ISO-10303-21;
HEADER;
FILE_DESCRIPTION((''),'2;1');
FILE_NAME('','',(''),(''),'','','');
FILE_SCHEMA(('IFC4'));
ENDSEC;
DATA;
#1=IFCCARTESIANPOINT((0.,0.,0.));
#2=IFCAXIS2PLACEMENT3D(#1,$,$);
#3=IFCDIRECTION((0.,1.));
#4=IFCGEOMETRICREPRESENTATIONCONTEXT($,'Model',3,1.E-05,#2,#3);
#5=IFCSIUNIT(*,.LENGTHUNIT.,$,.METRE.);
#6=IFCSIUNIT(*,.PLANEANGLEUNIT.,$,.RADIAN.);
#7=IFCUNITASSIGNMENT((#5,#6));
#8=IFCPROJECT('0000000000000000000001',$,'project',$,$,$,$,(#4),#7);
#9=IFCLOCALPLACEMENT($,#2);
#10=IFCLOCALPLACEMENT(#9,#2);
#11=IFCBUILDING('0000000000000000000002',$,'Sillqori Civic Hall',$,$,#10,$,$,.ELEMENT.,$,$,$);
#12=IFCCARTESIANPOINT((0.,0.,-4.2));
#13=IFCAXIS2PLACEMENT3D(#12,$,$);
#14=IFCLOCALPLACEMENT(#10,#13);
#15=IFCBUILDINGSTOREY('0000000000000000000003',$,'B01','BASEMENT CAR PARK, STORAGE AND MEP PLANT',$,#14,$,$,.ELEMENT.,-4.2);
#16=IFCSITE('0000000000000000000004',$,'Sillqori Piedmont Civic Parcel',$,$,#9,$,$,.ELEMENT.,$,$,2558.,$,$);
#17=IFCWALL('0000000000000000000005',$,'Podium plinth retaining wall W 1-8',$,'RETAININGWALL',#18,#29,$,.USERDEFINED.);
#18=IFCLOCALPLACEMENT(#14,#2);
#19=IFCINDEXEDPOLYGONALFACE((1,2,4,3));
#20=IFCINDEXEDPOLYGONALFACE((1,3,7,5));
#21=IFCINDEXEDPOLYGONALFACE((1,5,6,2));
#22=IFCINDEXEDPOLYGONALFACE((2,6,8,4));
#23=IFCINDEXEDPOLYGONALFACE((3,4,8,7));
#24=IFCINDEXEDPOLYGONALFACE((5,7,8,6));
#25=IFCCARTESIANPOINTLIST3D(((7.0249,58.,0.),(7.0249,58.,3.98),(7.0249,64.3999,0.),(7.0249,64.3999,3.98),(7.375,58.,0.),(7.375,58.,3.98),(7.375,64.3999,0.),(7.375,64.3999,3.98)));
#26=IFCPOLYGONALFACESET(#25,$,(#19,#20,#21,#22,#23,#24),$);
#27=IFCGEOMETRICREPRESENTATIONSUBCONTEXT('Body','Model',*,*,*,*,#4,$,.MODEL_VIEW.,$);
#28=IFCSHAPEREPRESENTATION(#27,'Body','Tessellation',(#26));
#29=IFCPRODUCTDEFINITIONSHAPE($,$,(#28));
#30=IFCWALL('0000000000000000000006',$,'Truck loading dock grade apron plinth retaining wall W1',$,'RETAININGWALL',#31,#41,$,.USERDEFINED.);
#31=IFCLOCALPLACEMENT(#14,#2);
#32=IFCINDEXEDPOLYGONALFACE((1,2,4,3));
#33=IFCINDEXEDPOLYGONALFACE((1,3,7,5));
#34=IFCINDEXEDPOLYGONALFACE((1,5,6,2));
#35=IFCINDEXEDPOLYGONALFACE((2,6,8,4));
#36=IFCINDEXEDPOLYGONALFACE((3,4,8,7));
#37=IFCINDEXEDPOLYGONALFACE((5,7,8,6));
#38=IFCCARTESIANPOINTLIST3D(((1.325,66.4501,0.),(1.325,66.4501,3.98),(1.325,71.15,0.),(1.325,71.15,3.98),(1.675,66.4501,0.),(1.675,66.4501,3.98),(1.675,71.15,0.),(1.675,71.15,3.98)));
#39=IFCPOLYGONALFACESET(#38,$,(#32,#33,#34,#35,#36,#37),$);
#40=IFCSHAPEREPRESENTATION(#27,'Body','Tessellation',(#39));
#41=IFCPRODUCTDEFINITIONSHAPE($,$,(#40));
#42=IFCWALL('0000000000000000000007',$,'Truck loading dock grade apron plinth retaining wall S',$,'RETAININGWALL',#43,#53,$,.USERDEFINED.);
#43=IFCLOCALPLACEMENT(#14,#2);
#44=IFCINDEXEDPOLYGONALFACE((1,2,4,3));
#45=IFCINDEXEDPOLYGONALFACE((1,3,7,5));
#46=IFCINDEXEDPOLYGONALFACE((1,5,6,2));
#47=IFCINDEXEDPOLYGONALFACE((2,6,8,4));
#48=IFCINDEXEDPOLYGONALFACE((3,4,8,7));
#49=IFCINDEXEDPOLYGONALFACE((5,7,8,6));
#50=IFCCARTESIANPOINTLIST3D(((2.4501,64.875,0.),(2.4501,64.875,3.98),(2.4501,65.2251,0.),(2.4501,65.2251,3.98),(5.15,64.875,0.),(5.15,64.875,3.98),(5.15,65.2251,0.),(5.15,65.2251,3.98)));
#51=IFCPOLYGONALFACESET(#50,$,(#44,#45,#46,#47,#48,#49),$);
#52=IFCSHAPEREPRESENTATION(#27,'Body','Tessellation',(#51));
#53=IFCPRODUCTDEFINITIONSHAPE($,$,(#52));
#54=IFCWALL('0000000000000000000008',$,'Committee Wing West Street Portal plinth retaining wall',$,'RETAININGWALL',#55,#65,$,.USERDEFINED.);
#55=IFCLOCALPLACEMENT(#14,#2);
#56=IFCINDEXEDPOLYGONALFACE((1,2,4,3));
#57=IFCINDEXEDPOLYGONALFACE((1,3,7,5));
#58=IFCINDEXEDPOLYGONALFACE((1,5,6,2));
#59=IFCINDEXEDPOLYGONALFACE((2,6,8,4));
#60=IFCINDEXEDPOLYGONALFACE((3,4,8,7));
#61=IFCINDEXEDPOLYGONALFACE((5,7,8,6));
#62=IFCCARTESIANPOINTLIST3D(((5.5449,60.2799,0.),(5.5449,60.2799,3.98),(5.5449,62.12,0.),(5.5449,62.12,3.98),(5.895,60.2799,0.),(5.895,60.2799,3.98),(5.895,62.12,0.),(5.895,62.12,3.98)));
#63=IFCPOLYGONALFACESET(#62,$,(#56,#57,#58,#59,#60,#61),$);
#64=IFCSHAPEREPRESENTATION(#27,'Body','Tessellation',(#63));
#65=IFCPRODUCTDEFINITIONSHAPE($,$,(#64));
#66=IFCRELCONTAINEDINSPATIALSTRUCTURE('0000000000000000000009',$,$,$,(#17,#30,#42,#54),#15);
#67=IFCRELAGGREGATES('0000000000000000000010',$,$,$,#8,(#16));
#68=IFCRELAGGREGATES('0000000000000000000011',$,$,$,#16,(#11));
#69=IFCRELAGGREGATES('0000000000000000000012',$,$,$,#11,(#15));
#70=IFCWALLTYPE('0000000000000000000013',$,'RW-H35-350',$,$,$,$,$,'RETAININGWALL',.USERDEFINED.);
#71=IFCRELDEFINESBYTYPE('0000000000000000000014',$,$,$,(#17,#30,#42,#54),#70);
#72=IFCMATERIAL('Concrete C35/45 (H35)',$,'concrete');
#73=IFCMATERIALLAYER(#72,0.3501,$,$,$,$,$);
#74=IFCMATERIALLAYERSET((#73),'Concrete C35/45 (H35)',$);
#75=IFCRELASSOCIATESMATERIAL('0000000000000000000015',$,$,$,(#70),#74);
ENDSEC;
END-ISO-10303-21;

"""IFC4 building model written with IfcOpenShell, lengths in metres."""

from ifc_helpers import new_model, si_unit, direction, frame, frame_2d, origin, place, context, subcontext, project, spatial, rectangle, extrude, material, layer, layer_set, type_object, element, save


model = new_model("IFC4")

# Units and contexts
model_context = context("Model", 3, precision=1e-05, world=origin(), true_north=direction((0.0, 1.0)))
body_context = subcontext(model_context, "Body", "Model", "MODEL_VIEW")
ifc_project = project(units=[si_unit("LENGTHUNIT", "METRE"), si_unit("PLANEANGLEUNIT", "RADIAN")], contexts=[model_context])

# Site, building, storey
site_placement = place(None, origin())
site = spatial("IfcSite", under=ifc_project, at=site_placement, Name="Sillqori Piedmont Civic Parcel", CompositionType="ELEMENT", RefElevation=2558.0)
building_placement = place(site_placement, origin())
building = spatial("IfcBuilding", under=site, at=building_placement, Name="Sillqori Civic Hall", CompositionType="ELEMENT")
storey_placement = place(building_placement, frame((0.0, 0.0, -4.2)))
storey = spatial("IfcBuildingStorey", under=building, at=storey_placement, Name="B01", Description="BASEMENT CAR PARK, STORAGE AND MEP PLANT", CompositionType="ELEMENT", Elevation=-4.2)

# Shared definitions
ifc_material = material(Name="Concrete C35/45 (H35)", Category="concrete")

# Walls
ifc_layer = layer(ifc_material, 0.3501)
ifc_layer_set = layer_set([ifc_layer], Name="Concrete C35/45 (H35)")
wall_type = type_object("IfcWallType", Name="RW-H35-350", ElementType="RETAININGWALL", PredefinedType="USERDEFINED", material=ifc_layer_set)
wall_1_placement = place(storey_placement, frame((7.2, 58.0, 0.0), z_axis=(0.0, 0.0, 1.0), x_axis=(0.0, 1.0, 0.0)))
element("IfcWall", 1, at=wall_1_placement, inside=storey, type_object=wall_type, Name="Podium plinth retaining wall W 1-8", ObjectType="RETAININGWALL", PredefinedType="USERDEFINED", context=body_context, shape_type="SweptSolid", body=[
    extrude(rectangle(XDim=6.3999, YDim=0.3501, at=frame_2d((3.2, 0.0))), origin(), (0.0, 0.0, 1.0), 3.98),
])
wall_2_placement = place(storey_placement, frame((1.5, 66.45, 0.0), z_axis=(0.0, 0.0, 1.0), x_axis=(0.0, 1.0, 0.0)))
element("IfcWall", 2, at=wall_2_placement, inside=storey, type_object=wall_type, Name="Truck loading dock grade apron plinth retaining wall W1", ObjectType="RETAININGWALL", PredefinedType="USERDEFINED", context=body_context, shape_type="SweptSolid", body=[
    extrude(rectangle(XDim=4.7, YDim=0.3501, at=frame_2d((2.3501, 0.0))), origin(), (0.0, 0.0, 1.0), 3.98),
])
wall_3_placement = place(storey_placement, frame((2.45, 65.05, 0.0), z_axis=(0.0, 0.0, 1.0), x_axis=(1.0, 0.0, 0.0)))
element("IfcWall", 3, at=wall_3_placement, inside=storey, type_object=wall_type, Name="Truck loading dock grade apron plinth retaining wall S", ObjectType="RETAININGWALL", PredefinedType="USERDEFINED", context=body_context, shape_type="SweptSolid", body=[
    extrude(rectangle(XDim=2.7, YDim=0.3501, at=frame_2d((1.3501, 0.0))), origin(), (0.0, 0.0, 1.0), 3.98),
])
wall_4_placement = place(storey_placement, frame((5.72, 60.28, 0.0), z_axis=(0.0, 0.0, 1.0), x_axis=(0.0, 1.0, 0.0)))
element("IfcWall", 4, at=wall_4_placement, inside=storey, type_object=wall_type, Name="Committee Wing West Street Portal plinth retaining wall", ObjectType="RETAININGWALL", PredefinedType="USERDEFINED", context=body_context, shape_type="SweptSolid", body=[
    extrude(rectangle(XDim=1.8401, YDim=0.3501, at=frame_2d((0.9199, 0.0))), origin(), (0.0, 0.0, 1.0), 3.98),
])

save(model, "model.ifc")
